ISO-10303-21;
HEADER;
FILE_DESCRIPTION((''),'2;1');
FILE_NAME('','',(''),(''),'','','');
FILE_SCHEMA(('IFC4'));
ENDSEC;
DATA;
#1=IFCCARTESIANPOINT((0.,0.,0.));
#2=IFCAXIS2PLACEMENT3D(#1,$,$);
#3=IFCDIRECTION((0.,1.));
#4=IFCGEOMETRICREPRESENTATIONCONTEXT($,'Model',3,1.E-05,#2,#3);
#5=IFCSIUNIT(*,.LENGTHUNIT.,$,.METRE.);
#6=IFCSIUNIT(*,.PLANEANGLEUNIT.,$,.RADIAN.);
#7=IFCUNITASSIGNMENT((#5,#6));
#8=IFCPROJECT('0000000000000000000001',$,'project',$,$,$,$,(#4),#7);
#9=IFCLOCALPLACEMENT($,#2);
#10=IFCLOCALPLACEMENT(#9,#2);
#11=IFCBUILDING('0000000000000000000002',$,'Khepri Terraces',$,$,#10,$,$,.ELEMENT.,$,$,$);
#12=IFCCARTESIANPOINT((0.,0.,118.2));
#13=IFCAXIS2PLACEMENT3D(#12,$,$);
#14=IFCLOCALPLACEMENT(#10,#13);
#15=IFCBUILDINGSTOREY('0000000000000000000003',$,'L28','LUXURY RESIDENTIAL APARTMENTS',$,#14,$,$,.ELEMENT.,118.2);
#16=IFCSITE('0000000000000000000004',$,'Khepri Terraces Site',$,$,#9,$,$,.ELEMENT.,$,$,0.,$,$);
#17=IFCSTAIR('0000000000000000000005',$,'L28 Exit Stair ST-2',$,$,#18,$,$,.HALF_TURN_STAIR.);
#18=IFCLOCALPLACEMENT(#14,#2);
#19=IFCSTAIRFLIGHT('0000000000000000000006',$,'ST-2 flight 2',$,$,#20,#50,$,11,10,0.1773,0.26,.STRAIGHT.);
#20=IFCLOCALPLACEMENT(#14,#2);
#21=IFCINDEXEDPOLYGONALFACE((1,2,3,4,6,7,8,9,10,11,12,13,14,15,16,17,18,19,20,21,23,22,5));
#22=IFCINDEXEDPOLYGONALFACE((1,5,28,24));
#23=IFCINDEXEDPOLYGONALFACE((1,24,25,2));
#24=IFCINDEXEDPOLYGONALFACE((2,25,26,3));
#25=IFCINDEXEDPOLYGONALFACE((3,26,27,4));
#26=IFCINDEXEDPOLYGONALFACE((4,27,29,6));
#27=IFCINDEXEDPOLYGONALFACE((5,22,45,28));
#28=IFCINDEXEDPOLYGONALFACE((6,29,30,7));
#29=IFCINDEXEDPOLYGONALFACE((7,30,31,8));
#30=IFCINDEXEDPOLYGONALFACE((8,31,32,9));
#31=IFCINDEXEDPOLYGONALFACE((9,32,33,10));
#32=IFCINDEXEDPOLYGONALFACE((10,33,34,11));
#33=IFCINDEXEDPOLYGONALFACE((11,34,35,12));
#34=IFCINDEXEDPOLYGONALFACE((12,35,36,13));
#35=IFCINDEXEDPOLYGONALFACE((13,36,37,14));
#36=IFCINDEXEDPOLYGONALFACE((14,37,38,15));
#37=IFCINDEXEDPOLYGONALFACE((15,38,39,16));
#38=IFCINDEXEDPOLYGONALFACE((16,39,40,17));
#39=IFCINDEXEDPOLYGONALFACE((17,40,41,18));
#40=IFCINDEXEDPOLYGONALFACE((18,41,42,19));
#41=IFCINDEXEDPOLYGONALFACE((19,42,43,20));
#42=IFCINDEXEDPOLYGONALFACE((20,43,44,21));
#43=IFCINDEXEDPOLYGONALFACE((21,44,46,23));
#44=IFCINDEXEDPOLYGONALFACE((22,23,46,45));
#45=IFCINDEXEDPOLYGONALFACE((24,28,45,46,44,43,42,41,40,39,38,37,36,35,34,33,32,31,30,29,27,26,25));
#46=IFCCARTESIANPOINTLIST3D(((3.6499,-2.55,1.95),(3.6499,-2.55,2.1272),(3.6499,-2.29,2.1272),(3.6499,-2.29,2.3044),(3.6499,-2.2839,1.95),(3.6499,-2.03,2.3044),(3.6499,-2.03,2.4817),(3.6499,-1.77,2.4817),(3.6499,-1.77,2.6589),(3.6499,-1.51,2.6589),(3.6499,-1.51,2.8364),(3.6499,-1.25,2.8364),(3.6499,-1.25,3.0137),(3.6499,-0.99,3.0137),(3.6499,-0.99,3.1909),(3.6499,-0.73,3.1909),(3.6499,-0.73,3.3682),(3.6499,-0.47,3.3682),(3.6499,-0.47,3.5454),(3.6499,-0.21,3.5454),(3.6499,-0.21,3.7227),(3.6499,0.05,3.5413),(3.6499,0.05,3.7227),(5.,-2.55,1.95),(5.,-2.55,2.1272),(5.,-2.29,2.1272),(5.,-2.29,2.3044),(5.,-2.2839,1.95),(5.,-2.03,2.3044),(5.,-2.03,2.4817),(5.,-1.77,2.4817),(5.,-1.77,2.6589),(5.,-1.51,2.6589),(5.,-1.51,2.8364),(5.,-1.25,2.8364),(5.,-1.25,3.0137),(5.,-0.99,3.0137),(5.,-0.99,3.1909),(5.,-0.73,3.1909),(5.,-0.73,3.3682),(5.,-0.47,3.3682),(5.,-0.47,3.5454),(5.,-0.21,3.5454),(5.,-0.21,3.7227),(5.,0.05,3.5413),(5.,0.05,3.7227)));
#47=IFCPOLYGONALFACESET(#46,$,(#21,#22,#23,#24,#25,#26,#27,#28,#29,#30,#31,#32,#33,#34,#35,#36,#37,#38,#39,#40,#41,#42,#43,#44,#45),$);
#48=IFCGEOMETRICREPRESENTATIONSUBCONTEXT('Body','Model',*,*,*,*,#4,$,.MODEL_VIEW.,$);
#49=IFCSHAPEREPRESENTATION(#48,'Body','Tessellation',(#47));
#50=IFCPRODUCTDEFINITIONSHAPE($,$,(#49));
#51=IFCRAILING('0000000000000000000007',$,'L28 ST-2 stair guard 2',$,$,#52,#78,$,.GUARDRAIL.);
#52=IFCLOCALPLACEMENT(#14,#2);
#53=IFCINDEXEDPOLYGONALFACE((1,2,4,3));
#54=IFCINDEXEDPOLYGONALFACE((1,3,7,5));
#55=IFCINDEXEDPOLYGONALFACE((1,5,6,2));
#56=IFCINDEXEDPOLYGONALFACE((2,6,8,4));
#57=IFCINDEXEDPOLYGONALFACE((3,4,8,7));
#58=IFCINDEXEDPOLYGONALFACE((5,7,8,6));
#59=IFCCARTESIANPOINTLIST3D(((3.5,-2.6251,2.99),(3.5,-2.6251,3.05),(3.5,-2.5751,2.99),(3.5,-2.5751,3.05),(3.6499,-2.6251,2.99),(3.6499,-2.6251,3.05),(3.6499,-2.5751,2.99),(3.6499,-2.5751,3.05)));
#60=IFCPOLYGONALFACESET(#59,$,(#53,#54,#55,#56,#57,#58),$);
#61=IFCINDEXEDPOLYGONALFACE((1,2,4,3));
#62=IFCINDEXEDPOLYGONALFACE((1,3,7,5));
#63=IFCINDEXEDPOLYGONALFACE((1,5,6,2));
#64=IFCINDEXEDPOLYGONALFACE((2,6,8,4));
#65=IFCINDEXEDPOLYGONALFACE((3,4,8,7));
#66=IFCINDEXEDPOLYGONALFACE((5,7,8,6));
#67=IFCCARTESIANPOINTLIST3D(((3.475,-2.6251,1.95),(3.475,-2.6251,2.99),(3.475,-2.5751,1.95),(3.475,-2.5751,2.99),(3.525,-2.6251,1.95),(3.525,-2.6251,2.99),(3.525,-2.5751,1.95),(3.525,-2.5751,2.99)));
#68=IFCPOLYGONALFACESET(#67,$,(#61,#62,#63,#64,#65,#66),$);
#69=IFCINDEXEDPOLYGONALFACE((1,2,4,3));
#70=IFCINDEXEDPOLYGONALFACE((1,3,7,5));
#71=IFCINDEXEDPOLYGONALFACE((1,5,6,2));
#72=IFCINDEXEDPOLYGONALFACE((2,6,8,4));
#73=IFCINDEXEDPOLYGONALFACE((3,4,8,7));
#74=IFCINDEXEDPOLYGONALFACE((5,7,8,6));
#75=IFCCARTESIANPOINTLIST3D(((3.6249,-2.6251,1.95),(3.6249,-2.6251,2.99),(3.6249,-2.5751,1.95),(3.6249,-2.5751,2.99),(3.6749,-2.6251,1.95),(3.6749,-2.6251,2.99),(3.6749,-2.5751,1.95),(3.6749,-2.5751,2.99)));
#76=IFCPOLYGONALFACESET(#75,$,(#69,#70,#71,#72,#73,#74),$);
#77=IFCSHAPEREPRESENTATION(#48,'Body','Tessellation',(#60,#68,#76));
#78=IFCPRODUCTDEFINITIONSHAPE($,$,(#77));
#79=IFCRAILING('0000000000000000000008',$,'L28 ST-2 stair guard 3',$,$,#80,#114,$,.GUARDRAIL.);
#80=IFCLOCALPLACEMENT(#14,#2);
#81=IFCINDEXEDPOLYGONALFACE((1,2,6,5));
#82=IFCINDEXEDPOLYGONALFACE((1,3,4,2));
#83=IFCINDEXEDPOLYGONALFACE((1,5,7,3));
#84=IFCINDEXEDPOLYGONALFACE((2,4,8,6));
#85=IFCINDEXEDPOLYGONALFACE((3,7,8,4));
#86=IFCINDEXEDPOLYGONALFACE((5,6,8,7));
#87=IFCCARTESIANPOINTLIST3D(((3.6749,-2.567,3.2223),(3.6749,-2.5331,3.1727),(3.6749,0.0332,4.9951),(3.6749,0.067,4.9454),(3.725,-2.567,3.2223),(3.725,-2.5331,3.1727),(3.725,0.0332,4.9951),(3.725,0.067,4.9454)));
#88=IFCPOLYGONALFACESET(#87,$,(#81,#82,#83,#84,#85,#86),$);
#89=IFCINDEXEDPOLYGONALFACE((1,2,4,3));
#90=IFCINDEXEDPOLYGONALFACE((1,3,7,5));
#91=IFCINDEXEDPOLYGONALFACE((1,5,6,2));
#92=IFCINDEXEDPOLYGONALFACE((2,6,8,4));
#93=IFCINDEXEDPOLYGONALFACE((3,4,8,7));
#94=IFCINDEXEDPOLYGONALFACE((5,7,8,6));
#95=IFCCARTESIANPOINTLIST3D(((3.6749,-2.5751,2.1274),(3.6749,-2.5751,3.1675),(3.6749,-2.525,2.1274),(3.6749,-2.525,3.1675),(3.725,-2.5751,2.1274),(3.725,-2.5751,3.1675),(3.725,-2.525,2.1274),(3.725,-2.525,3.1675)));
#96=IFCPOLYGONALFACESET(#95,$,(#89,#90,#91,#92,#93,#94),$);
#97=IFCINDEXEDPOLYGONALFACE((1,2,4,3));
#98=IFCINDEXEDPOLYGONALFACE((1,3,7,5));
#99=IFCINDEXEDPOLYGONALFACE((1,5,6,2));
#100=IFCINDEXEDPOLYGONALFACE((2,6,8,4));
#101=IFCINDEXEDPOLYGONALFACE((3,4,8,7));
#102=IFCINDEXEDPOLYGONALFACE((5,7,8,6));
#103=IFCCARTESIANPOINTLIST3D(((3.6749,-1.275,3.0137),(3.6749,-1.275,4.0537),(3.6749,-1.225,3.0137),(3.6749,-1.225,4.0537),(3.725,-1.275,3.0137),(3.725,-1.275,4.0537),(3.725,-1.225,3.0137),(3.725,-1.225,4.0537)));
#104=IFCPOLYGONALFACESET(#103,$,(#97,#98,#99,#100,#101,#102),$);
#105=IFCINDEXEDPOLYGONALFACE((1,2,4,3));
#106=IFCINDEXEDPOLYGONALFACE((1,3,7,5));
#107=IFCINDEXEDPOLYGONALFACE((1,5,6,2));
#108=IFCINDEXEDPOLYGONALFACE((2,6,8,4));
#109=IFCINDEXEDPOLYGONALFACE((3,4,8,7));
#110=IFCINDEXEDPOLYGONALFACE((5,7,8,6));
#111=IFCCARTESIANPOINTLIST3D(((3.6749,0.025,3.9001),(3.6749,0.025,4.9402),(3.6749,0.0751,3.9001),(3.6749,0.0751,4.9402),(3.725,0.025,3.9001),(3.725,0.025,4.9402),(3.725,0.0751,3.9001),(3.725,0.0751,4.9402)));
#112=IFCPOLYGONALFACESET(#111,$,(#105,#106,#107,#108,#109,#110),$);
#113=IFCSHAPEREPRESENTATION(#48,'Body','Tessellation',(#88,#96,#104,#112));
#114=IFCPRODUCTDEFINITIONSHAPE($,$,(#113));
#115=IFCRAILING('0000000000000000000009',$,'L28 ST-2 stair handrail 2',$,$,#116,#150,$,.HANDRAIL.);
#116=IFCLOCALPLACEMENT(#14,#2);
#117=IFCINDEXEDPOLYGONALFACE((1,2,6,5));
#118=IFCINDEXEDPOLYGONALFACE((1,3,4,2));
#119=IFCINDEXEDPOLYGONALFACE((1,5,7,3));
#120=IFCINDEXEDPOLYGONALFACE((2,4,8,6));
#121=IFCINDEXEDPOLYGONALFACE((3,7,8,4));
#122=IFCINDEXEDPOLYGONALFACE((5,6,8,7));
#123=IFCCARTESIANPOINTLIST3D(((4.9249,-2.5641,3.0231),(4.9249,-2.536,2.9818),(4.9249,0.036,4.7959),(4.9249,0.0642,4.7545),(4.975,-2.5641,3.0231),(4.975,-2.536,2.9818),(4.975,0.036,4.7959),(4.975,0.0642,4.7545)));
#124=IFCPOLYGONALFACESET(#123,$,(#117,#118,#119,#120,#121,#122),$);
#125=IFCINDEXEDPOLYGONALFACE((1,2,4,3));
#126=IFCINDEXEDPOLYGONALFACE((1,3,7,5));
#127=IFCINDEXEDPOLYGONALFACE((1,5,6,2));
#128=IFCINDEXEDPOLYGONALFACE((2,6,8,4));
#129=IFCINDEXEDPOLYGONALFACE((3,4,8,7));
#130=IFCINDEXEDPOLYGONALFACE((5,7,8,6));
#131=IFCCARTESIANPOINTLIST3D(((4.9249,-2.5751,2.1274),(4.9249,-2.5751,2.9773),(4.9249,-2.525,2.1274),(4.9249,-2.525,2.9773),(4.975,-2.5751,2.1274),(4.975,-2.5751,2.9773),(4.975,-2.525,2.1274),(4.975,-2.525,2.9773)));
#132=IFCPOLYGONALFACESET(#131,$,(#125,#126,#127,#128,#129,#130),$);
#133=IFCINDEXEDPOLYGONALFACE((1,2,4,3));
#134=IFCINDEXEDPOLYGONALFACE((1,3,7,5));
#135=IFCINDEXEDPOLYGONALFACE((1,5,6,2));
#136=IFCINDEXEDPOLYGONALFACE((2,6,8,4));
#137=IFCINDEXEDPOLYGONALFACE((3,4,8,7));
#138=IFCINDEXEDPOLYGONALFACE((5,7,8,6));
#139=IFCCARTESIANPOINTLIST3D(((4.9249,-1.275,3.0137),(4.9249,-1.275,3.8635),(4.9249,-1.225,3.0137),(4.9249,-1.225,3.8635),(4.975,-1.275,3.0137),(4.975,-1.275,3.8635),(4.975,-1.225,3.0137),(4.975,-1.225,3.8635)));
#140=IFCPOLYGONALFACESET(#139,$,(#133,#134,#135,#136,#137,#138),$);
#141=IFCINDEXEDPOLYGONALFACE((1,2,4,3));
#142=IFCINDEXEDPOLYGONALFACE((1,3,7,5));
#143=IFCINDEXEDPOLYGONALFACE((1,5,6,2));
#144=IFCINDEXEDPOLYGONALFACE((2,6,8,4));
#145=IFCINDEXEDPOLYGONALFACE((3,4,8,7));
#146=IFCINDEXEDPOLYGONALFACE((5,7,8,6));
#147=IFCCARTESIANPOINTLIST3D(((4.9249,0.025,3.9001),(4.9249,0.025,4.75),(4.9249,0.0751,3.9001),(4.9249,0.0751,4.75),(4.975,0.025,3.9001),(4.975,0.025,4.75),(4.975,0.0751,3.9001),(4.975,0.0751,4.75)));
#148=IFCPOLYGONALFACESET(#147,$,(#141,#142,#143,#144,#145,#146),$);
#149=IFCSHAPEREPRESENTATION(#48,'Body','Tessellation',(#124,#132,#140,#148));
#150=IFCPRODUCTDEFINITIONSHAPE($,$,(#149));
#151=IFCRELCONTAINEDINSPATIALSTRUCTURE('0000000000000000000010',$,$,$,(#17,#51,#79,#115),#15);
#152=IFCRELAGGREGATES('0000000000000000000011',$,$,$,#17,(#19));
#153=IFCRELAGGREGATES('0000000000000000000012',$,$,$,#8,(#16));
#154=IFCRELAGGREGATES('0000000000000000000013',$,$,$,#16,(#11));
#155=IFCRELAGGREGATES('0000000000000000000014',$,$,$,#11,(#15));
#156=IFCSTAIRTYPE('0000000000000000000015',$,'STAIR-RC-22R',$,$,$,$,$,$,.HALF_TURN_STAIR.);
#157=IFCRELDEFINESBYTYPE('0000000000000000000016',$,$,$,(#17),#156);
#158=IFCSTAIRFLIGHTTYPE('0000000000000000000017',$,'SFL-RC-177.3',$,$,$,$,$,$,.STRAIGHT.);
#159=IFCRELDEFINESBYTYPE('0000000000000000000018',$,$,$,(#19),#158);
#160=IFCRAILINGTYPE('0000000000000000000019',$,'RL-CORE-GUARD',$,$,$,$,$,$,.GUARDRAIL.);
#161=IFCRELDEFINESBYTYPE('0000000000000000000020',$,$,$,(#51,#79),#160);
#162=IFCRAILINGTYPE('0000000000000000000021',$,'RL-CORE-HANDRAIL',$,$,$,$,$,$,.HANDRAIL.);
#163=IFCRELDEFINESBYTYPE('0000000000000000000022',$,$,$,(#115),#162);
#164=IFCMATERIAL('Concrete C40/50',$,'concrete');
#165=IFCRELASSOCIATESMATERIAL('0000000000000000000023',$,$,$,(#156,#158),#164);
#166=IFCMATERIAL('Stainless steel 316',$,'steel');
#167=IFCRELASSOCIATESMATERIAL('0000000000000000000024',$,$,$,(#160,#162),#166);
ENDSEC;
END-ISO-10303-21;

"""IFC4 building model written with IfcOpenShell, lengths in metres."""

from ifc_helpers import new_model, si_unit, direction, frame, origin, origin_2d, place, context, subcontext, project, spatial, polyline, rectangle, outline, extrude, material, type_object, element, aggregate, save


model = new_model("IFC4")

# Units and contexts
model_context = context("Model", 3, precision=1e-05, world=origin(), true_north=direction((0.0, 1.0)))
body_context = subcontext(model_context, "Body", "Model", "MODEL_VIEW")
ifc_project = project(units=[si_unit("LENGTHUNIT", "METRE"), si_unit("PLANEANGLEUNIT", "RADIAN")], contexts=[model_context])

# Site, building, storey
site_placement = place(None, origin())
site = spatial("IfcSite", under=ifc_project, at=site_placement, Name="Khepri Terraces Site", CompositionType="ELEMENT", RefElevation=0.0)
building_placement = place(site_placement, origin())
building = spatial("IfcBuilding", under=site, at=building_placement, Name="Khepri Terraces", CompositionType="ELEMENT")
storey_placement = place(building_placement, frame((0.0, 0.0, 118.2)))
storey = spatial("IfcBuildingStorey", under=building, at=storey_placement, Name="L28", Description="LUXURY RESIDENTIAL APARTMENTS", CompositionType="ELEMENT", Elevation=118.2)

# Stair, stair flight
ifc_material_1 = material(Name="Concrete C40/50", Category="concrete")
stair_type = type_object("IfcStairType", Name="STAIR-RC-22R", PredefinedType="HALF_TURN_STAIR", material=ifc_material_1)
stair_placement = place(storey_placement, origin())
stair = element("IfcStair", 1, at=stair_placement, inside=storey, type_object=stair_type, Name="L28 Exit Stair ST-2", PredefinedType="HALF_TURN_STAIR")
stair_flight_type = type_object("IfcStairFlightType", Name="SFL-RC-177.3", PredefinedType="STRAIGHT", material=ifc_material_1)
stair_flight_placement = place(storey_placement, frame((4.325, -2.55, 1.95), z_axis=(0.0, 0.0, 1.0), x_axis=(0.0, 1.0, 0.0)))
stair_flight = element("IfcStairFlight", 2, at=stair_flight_placement, type_object=stair_flight_type, Name="ST-2 flight 2", NumberOfRisers=11, NumberOfTreads=10, PredefinedType="STRAIGHT", RiserHeight=0.1773, TreadLength=0.26, context=body_context, shape_type="SweptSolid", body=[
    extrude(outline(polyline([(0.0, 0.0), (0.0, 0.1772), (0.26, 0.1772), (0.26, 0.3545), (0.52, 0.3545), (0.52, 0.5317), (0.78, 0.5317), (0.78, 0.709), (1.04, 0.709), (1.04, 0.8865), (1.3, 0.8865), (1.3, 1.0637), (1.5601, 1.0637), (1.5601, 1.241), (1.8201, 1.241), (1.8201, 1.4182), (2.0801, 1.4182), (2.0801, 1.5955), (2.3401, 1.5955), (2.3401, 1.7727), (2.6001, 1.7727), (2.6001, 1.95), (2.6001, 1.5913), (0.2661, 0.0), (0.0, 0.0)])), frame((0.0, 0.675, 0.0), z_axis=(0.0, -1.0, 0.0), x_axis=(1.0, 0.0, 0.0)), (0.0, 0.0, 1.0), 1.3501),
])
aggregate(stair, [stair_flight])

# Railings
ifc_material_2 = material(Name="Stainless steel 316", Category="steel")
railing_type_1 = type_object("IfcRailingType", Name="RL-CORE-GUARD", PredefinedType="GUARDRAIL", material=ifc_material_2)
railing_1_placement = place(storey_placement, frame((3.5, -2.6001, 1.95)))
element("IfcRailing", 3, at=railing_1_placement, inside=storey, type_object=railing_type_1, Name="L28 ST-2 stair guard 2", PredefinedType="GUARDRAIL", context=body_context, shape_type="SweptSolid", body=[
    extrude(rectangle(XDim=0.05, YDim=0.0601, at=origin_2d()), frame((0.0, 0.0, 1.0701), z_axis=(1.0, 0.0, 0.0), x_axis=(0.0, 1.0, 0.0)), (0.0, 0.0, 1.0), 0.1499),
    extrude(rectangle(XDim=0.05, YDim=0.05, at=origin_2d()), origin(), (0.0, 0.0, 1.0), 1.04),
    extrude(rectangle(XDim=0.05, YDim=0.05, at=origin_2d()), frame((0.1499, 0.0, 0.0)), (0.0, 0.0, 1.0), 1.04),
])
railing_2_placement = place(storey_placement, frame((3.7, -2.55, 2.1274)))
element("IfcRailing", 4, at=railing_2_placement, inside=storey, type_object=railing_type_1, Name="L28 ST-2 stair guard 3", PredefinedType="GUARDRAIL", context=body_context, shape_type="SweptSolid", body=[
    extrude(rectangle(XDim=0.05, YDim=0.0601, at=origin_2d()), frame((0.0, 0.0, 1.0701), z_axis=(0.0, 0.82624, 0.563318), x_axis=(-1.0, 0.0, 0.0)), (0.0, 0.0, 1.0), 3.147),
    extrude(rectangle(XDim=0.05, YDim=0.05, at=origin_2d()), origin(), (0.0, 0.0, 1.0), 1.04),
    extrude(rectangle(XDim=0.05, YDim=0.05, at=origin_2d()), frame((0.0, 1.3, 0.8862)), (0.0, 0.0, 1.0), 1.04),
    extrude(rectangle(XDim=0.05, YDim=0.05, at=origin_2d()), frame((0.0, 2.6001, 1.7727)), (0.0, 0.0, 1.0), 1.04),
])
railing_type_2 = type_object("IfcRailingType", Name="RL-CORE-HANDRAIL", PredefinedType="HANDRAIL", material=ifc_material_2)
railing_3_placement = place(storey_placement, frame((4.95, -2.55, 2.1274)))
element("IfcRailing", 5, at=railing_3_placement, inside=storey, type_object=railing_type_2, Name="L28 ST-2 stair handrail 2", PredefinedType="HANDRAIL", context=body_context, shape_type="SweptSolid", body=[
    extrude(rectangle(XDim=0.05, YDim=0.05, at=origin_2d()), frame((0.0, 0.0, 0.875), z_axis=(0.0, 0.82624, 0.563318), x_axis=(-1.0, 0.0, 0.0)), (0.0, 0.0, 1.0), 3.147),
    extrude(rectangle(XDim=0.05, YDim=0.05, at=origin_2d()), origin(), (0.0, 0.0, 1.0), 0.8499),
    extrude(rectangle(XDim=0.05, YDim=0.05, at=origin_2d()), frame((0.0, 1.3, 0.8862)), (0.0, 0.0, 1.0), 0.8499),
    extrude(rectangle(XDim=0.05, YDim=0.05, at=origin_2d()), frame((0.0, 2.6001, 1.7727)), (0.0, 0.0, 1.0), 0.8499),
])

save(model, "model.ifc")
